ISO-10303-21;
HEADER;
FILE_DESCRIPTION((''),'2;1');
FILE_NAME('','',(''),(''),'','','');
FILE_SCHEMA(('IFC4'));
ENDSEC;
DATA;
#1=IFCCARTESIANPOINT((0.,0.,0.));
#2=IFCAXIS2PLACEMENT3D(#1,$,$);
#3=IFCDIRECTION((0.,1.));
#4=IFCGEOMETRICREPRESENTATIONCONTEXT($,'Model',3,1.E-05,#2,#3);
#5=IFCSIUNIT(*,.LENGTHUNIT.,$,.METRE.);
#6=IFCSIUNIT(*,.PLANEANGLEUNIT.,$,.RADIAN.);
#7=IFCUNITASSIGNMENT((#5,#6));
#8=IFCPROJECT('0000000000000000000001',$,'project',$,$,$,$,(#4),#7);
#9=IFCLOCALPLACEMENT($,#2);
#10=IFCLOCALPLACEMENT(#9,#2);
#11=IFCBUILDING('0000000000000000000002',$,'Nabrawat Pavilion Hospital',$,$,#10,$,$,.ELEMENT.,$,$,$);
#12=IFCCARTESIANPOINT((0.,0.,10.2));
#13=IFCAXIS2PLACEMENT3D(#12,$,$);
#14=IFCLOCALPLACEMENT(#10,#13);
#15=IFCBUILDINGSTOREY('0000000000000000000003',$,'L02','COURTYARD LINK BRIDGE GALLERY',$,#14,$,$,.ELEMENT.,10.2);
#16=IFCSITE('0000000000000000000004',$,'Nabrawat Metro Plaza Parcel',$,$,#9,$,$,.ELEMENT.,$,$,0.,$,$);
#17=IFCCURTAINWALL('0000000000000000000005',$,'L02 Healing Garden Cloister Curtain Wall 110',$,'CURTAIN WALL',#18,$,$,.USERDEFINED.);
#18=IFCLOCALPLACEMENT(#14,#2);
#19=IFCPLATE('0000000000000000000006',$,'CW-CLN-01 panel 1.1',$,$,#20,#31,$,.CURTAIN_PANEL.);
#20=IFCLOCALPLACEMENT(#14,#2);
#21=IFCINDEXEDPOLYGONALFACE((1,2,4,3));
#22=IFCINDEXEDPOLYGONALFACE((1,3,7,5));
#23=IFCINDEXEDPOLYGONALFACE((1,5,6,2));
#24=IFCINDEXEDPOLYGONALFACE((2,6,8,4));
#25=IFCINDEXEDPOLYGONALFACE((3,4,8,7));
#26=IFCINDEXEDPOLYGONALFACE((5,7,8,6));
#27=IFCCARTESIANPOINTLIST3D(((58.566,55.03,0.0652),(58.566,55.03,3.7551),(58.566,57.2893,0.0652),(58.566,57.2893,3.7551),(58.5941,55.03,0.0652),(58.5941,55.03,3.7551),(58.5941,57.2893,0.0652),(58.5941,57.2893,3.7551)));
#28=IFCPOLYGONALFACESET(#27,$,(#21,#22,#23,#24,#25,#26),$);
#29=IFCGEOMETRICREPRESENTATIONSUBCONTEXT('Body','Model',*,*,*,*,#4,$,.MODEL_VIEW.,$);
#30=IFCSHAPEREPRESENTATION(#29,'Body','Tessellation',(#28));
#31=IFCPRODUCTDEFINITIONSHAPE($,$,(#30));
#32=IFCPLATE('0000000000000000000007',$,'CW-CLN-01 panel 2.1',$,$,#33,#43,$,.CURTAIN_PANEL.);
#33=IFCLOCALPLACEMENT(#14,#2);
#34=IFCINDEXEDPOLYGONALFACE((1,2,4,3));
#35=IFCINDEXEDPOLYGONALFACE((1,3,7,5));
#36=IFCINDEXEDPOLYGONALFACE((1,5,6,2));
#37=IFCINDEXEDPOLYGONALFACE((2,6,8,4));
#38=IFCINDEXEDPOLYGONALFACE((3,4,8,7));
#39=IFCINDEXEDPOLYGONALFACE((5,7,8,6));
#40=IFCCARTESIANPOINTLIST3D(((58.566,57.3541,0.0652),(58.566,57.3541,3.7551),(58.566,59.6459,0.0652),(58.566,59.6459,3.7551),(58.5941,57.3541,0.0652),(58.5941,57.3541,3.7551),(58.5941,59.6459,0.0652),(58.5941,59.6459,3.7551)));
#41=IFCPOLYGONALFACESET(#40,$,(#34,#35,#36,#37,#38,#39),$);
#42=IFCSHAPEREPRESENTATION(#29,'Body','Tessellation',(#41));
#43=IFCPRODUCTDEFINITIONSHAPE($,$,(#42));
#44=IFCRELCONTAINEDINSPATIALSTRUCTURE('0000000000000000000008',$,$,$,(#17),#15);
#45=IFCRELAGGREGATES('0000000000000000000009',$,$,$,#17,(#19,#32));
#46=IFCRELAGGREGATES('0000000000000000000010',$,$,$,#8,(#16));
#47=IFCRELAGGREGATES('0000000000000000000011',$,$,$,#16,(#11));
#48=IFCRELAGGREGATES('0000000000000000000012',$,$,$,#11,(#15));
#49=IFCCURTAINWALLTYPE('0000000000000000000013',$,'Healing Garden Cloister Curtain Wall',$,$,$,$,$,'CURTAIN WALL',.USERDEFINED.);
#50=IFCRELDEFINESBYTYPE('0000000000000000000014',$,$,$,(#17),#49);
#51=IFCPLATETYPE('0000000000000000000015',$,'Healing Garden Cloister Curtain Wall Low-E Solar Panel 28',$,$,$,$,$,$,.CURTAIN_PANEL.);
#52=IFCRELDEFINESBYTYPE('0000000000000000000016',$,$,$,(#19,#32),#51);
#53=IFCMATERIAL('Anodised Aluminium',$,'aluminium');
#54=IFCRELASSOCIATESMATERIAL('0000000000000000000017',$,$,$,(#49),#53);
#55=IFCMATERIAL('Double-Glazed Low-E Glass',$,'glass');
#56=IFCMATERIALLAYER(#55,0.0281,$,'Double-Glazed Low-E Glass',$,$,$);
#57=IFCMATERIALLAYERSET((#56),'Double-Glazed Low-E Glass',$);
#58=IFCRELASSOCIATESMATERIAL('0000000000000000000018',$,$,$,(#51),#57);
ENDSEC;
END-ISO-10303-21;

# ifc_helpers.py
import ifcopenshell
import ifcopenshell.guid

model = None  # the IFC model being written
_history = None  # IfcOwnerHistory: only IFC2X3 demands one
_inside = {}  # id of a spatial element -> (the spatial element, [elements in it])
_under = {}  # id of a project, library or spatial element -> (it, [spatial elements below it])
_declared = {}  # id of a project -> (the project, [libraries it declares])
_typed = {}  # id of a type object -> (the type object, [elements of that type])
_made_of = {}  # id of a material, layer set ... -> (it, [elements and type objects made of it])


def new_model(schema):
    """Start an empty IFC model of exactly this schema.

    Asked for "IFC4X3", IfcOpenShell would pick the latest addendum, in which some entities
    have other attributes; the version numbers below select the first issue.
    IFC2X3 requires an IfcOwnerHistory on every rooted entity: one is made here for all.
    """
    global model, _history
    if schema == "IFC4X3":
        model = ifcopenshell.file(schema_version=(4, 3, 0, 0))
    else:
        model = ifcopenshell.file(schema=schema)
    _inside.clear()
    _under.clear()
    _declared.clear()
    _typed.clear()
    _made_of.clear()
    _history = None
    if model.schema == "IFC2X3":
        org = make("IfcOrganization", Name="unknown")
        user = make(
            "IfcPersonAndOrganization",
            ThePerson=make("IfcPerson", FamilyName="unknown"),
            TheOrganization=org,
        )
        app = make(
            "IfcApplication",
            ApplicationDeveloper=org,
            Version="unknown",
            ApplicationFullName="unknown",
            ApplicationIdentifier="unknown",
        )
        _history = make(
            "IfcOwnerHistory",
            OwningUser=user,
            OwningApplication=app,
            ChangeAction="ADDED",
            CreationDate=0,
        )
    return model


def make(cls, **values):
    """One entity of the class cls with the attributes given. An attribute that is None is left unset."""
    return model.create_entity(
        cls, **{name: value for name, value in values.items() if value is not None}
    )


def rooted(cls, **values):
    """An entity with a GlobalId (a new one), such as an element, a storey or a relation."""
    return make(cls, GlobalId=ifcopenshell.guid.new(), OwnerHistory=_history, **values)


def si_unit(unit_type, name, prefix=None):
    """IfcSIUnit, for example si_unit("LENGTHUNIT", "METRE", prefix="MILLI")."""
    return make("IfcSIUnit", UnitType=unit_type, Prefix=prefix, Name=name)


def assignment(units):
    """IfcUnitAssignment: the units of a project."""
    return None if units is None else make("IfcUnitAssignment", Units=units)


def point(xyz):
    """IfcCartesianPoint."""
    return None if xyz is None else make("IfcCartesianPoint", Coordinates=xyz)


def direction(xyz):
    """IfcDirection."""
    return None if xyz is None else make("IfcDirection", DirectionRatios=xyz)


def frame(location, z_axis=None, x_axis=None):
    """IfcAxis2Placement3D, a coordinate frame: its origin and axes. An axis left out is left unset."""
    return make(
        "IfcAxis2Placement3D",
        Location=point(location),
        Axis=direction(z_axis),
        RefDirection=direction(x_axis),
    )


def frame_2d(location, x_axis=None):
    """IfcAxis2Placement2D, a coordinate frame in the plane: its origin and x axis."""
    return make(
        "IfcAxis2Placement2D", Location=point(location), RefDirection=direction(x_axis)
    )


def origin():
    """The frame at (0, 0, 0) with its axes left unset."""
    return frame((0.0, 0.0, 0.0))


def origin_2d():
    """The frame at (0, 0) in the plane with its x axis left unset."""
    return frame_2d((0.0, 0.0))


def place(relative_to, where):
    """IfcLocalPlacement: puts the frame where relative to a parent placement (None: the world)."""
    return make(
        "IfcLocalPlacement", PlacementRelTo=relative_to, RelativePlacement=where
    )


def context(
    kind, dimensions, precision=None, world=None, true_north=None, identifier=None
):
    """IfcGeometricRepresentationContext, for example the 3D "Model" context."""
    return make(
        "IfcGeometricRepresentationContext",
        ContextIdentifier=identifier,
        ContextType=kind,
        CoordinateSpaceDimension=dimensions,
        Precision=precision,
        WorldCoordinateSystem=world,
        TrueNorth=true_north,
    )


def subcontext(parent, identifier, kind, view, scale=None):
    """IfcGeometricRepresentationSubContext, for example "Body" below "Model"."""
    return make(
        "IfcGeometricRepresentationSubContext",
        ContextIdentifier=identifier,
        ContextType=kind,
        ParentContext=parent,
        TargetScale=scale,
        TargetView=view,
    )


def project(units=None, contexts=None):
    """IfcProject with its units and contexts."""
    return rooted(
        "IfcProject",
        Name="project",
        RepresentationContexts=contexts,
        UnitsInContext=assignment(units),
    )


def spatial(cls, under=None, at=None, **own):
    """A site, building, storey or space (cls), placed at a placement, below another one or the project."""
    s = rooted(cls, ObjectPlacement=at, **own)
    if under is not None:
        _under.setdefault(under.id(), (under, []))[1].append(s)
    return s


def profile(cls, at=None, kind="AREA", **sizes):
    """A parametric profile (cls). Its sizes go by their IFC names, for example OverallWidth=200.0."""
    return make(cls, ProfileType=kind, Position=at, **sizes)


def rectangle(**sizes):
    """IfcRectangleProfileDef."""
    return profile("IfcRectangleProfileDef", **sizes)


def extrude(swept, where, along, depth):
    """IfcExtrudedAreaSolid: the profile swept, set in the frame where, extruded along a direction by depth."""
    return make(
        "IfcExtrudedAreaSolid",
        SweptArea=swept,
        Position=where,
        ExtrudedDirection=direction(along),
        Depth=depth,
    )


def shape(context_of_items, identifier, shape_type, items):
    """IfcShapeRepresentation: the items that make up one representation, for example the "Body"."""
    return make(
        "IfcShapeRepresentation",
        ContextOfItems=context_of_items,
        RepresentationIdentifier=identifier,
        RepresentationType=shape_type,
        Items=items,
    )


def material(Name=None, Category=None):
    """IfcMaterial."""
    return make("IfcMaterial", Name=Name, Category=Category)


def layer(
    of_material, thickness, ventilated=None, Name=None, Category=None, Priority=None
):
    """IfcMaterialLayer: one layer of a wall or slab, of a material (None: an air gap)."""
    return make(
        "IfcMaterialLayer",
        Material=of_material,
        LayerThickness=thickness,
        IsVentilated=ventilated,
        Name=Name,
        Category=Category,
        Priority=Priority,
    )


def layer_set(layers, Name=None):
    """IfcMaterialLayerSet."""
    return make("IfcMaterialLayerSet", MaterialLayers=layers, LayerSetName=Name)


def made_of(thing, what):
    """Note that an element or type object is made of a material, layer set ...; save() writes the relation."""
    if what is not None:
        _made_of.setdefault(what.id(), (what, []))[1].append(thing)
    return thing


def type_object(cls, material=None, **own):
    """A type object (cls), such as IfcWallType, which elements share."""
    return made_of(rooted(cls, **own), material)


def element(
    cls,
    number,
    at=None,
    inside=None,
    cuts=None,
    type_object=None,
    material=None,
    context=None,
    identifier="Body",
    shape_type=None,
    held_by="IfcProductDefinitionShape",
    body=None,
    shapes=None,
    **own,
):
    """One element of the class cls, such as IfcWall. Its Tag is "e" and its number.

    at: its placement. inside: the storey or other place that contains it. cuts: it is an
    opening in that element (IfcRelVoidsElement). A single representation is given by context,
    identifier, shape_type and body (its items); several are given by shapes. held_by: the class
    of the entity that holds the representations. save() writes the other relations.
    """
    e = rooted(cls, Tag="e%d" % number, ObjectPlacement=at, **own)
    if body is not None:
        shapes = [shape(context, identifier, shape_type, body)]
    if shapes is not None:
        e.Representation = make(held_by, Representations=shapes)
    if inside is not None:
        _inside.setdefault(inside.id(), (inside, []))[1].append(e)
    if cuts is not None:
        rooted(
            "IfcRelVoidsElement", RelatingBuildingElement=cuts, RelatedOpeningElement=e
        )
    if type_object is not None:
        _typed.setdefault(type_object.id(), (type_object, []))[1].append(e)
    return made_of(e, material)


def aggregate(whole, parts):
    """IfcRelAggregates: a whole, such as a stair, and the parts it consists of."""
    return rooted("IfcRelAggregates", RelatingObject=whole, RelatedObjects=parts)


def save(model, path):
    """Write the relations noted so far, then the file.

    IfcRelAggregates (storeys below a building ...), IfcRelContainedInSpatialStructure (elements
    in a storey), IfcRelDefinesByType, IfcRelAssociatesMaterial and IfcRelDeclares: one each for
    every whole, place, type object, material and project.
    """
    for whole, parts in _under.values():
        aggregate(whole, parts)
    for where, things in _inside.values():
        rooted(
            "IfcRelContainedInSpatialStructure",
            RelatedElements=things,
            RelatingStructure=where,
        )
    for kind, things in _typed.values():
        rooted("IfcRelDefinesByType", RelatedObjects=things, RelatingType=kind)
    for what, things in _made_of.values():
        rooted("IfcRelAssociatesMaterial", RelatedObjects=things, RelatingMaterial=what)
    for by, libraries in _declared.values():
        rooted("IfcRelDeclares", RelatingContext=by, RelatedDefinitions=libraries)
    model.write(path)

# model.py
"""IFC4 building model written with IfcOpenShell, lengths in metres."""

from ifc_helpers import new_model, si_unit, direction, frame, origin, origin_2d, place, context, subcontext, project, spatial, rectangle, extrude, material, layer, layer_set, type_object, element, aggregate, save


model = new_model("IFC4")

# Units and contexts
model_context = context("Model", 3, precision=1e-05, world=origin(), true_north=direction((0.0, 1.0)))
body_context = subcontext(model_context, "Body", "Model", "MODEL_VIEW")
ifc_project = project(units=[si_unit("LENGTHUNIT", "METRE"), si_unit("PLANEANGLEUNIT", "RADIAN")], contexts=[model_context])

# Site, building, storey
site_placement = place(None, origin())
site = spatial("IfcSite", under=ifc_project, at=site_placement, Name="Nabrawat Metro Plaza Parcel", CompositionType="ELEMENT", RefElevation=0.0)
building_placement = place(site_placement, origin())
building = spatial("IfcBuilding", under=site, at=building_placement, Name="Nabrawat Pavilion Hospital", CompositionType="ELEMENT")
storey_placement = place(building_placement, frame((0.0, 0.0, 10.2)))
storey = spatial("IfcBuildingStorey", under=building, at=storey_placement, Name="L02", Description="COURTYARD LINK BRIDGE GALLERY", CompositionType="ELEMENT", Elevation=10.2)

# Curtain wall
ifc_material_1 = material(Name="Anodised Aluminium", Category="aluminium")
curtain_wall_type = type_object("IfcCurtainWallType", Name="Healing Garden Cloister Curtain Wall", ElementType="CURTAIN WALL", PredefinedType="USERDEFINED", material=ifc_material_1)
curtain_wall_1_placement = place(storey_placement, origin())
curtain_wall_1 = element("IfcCurtainWall", 1, at=curtain_wall_1_placement, inside=storey, type_object=curtain_wall_type, Name="L02 Healing Garden Cloister Curtain Wall 110", ObjectType="CURTAIN WALL", PredefinedType="USERDEFINED")

# Plates
ifc_material_2 = material(Name="Double-Glazed Low-E Glass", Category="glass")
ifc_layer = layer(ifc_material_2, 0.0281, Name="Double-Glazed Low-E Glass")
ifc_layer_set = layer_set([ifc_layer], Name="Double-Glazed Low-E Glass")
plate_type = type_object("IfcPlateType", Name="Healing Garden Cloister Curtain Wall Low-E Solar Panel 28", PredefinedType="CURTAIN_PANEL", material=ifc_layer_set)
plate_1_placement = place(storey_placement, frame((58.5801, 56.1597, 0.0652), z_axis=(0.0, 0.0, 1.0), x_axis=(0.0, 1.0, 0.0)))
plate_1 = element("IfcPlate", 2, at=plate_1_placement, type_object=plate_type, Name="CW-CLN-01 panel 1.1", PredefinedType="CURTAIN_PANEL", context=body_context, shape_type="SweptSolid", body=[
    extrude(rectangle(XDim=2.2593, YDim=0.0281, at=origin_2d()), origin(), (0.0, 0.0, 1.0), 3.6899),
])
plate_2_placement = place(storey_placement, frame((58.5801, 58.5, 0.0652), z_axis=(0.0, 0.0, 1.0), x_axis=(0.0, 1.0, 0.0)))
plate_2 = element("IfcPlate", 3, at=plate_2_placement, type_object=plate_type, Name="CW-CLN-01 panel 2.1", PredefinedType="CURTAIN_PANEL", context=body_context, shape_type="SweptSolid", body=[
    extrude(rectangle(XDim=2.2917, YDim=0.0281, at=origin_2d()), origin(), (0.0, 0.0, 1.0), 3.6899),
])
aggregate(curtain_wall_1, [plate_1, plate_2])

save(model, "model.ifc")
